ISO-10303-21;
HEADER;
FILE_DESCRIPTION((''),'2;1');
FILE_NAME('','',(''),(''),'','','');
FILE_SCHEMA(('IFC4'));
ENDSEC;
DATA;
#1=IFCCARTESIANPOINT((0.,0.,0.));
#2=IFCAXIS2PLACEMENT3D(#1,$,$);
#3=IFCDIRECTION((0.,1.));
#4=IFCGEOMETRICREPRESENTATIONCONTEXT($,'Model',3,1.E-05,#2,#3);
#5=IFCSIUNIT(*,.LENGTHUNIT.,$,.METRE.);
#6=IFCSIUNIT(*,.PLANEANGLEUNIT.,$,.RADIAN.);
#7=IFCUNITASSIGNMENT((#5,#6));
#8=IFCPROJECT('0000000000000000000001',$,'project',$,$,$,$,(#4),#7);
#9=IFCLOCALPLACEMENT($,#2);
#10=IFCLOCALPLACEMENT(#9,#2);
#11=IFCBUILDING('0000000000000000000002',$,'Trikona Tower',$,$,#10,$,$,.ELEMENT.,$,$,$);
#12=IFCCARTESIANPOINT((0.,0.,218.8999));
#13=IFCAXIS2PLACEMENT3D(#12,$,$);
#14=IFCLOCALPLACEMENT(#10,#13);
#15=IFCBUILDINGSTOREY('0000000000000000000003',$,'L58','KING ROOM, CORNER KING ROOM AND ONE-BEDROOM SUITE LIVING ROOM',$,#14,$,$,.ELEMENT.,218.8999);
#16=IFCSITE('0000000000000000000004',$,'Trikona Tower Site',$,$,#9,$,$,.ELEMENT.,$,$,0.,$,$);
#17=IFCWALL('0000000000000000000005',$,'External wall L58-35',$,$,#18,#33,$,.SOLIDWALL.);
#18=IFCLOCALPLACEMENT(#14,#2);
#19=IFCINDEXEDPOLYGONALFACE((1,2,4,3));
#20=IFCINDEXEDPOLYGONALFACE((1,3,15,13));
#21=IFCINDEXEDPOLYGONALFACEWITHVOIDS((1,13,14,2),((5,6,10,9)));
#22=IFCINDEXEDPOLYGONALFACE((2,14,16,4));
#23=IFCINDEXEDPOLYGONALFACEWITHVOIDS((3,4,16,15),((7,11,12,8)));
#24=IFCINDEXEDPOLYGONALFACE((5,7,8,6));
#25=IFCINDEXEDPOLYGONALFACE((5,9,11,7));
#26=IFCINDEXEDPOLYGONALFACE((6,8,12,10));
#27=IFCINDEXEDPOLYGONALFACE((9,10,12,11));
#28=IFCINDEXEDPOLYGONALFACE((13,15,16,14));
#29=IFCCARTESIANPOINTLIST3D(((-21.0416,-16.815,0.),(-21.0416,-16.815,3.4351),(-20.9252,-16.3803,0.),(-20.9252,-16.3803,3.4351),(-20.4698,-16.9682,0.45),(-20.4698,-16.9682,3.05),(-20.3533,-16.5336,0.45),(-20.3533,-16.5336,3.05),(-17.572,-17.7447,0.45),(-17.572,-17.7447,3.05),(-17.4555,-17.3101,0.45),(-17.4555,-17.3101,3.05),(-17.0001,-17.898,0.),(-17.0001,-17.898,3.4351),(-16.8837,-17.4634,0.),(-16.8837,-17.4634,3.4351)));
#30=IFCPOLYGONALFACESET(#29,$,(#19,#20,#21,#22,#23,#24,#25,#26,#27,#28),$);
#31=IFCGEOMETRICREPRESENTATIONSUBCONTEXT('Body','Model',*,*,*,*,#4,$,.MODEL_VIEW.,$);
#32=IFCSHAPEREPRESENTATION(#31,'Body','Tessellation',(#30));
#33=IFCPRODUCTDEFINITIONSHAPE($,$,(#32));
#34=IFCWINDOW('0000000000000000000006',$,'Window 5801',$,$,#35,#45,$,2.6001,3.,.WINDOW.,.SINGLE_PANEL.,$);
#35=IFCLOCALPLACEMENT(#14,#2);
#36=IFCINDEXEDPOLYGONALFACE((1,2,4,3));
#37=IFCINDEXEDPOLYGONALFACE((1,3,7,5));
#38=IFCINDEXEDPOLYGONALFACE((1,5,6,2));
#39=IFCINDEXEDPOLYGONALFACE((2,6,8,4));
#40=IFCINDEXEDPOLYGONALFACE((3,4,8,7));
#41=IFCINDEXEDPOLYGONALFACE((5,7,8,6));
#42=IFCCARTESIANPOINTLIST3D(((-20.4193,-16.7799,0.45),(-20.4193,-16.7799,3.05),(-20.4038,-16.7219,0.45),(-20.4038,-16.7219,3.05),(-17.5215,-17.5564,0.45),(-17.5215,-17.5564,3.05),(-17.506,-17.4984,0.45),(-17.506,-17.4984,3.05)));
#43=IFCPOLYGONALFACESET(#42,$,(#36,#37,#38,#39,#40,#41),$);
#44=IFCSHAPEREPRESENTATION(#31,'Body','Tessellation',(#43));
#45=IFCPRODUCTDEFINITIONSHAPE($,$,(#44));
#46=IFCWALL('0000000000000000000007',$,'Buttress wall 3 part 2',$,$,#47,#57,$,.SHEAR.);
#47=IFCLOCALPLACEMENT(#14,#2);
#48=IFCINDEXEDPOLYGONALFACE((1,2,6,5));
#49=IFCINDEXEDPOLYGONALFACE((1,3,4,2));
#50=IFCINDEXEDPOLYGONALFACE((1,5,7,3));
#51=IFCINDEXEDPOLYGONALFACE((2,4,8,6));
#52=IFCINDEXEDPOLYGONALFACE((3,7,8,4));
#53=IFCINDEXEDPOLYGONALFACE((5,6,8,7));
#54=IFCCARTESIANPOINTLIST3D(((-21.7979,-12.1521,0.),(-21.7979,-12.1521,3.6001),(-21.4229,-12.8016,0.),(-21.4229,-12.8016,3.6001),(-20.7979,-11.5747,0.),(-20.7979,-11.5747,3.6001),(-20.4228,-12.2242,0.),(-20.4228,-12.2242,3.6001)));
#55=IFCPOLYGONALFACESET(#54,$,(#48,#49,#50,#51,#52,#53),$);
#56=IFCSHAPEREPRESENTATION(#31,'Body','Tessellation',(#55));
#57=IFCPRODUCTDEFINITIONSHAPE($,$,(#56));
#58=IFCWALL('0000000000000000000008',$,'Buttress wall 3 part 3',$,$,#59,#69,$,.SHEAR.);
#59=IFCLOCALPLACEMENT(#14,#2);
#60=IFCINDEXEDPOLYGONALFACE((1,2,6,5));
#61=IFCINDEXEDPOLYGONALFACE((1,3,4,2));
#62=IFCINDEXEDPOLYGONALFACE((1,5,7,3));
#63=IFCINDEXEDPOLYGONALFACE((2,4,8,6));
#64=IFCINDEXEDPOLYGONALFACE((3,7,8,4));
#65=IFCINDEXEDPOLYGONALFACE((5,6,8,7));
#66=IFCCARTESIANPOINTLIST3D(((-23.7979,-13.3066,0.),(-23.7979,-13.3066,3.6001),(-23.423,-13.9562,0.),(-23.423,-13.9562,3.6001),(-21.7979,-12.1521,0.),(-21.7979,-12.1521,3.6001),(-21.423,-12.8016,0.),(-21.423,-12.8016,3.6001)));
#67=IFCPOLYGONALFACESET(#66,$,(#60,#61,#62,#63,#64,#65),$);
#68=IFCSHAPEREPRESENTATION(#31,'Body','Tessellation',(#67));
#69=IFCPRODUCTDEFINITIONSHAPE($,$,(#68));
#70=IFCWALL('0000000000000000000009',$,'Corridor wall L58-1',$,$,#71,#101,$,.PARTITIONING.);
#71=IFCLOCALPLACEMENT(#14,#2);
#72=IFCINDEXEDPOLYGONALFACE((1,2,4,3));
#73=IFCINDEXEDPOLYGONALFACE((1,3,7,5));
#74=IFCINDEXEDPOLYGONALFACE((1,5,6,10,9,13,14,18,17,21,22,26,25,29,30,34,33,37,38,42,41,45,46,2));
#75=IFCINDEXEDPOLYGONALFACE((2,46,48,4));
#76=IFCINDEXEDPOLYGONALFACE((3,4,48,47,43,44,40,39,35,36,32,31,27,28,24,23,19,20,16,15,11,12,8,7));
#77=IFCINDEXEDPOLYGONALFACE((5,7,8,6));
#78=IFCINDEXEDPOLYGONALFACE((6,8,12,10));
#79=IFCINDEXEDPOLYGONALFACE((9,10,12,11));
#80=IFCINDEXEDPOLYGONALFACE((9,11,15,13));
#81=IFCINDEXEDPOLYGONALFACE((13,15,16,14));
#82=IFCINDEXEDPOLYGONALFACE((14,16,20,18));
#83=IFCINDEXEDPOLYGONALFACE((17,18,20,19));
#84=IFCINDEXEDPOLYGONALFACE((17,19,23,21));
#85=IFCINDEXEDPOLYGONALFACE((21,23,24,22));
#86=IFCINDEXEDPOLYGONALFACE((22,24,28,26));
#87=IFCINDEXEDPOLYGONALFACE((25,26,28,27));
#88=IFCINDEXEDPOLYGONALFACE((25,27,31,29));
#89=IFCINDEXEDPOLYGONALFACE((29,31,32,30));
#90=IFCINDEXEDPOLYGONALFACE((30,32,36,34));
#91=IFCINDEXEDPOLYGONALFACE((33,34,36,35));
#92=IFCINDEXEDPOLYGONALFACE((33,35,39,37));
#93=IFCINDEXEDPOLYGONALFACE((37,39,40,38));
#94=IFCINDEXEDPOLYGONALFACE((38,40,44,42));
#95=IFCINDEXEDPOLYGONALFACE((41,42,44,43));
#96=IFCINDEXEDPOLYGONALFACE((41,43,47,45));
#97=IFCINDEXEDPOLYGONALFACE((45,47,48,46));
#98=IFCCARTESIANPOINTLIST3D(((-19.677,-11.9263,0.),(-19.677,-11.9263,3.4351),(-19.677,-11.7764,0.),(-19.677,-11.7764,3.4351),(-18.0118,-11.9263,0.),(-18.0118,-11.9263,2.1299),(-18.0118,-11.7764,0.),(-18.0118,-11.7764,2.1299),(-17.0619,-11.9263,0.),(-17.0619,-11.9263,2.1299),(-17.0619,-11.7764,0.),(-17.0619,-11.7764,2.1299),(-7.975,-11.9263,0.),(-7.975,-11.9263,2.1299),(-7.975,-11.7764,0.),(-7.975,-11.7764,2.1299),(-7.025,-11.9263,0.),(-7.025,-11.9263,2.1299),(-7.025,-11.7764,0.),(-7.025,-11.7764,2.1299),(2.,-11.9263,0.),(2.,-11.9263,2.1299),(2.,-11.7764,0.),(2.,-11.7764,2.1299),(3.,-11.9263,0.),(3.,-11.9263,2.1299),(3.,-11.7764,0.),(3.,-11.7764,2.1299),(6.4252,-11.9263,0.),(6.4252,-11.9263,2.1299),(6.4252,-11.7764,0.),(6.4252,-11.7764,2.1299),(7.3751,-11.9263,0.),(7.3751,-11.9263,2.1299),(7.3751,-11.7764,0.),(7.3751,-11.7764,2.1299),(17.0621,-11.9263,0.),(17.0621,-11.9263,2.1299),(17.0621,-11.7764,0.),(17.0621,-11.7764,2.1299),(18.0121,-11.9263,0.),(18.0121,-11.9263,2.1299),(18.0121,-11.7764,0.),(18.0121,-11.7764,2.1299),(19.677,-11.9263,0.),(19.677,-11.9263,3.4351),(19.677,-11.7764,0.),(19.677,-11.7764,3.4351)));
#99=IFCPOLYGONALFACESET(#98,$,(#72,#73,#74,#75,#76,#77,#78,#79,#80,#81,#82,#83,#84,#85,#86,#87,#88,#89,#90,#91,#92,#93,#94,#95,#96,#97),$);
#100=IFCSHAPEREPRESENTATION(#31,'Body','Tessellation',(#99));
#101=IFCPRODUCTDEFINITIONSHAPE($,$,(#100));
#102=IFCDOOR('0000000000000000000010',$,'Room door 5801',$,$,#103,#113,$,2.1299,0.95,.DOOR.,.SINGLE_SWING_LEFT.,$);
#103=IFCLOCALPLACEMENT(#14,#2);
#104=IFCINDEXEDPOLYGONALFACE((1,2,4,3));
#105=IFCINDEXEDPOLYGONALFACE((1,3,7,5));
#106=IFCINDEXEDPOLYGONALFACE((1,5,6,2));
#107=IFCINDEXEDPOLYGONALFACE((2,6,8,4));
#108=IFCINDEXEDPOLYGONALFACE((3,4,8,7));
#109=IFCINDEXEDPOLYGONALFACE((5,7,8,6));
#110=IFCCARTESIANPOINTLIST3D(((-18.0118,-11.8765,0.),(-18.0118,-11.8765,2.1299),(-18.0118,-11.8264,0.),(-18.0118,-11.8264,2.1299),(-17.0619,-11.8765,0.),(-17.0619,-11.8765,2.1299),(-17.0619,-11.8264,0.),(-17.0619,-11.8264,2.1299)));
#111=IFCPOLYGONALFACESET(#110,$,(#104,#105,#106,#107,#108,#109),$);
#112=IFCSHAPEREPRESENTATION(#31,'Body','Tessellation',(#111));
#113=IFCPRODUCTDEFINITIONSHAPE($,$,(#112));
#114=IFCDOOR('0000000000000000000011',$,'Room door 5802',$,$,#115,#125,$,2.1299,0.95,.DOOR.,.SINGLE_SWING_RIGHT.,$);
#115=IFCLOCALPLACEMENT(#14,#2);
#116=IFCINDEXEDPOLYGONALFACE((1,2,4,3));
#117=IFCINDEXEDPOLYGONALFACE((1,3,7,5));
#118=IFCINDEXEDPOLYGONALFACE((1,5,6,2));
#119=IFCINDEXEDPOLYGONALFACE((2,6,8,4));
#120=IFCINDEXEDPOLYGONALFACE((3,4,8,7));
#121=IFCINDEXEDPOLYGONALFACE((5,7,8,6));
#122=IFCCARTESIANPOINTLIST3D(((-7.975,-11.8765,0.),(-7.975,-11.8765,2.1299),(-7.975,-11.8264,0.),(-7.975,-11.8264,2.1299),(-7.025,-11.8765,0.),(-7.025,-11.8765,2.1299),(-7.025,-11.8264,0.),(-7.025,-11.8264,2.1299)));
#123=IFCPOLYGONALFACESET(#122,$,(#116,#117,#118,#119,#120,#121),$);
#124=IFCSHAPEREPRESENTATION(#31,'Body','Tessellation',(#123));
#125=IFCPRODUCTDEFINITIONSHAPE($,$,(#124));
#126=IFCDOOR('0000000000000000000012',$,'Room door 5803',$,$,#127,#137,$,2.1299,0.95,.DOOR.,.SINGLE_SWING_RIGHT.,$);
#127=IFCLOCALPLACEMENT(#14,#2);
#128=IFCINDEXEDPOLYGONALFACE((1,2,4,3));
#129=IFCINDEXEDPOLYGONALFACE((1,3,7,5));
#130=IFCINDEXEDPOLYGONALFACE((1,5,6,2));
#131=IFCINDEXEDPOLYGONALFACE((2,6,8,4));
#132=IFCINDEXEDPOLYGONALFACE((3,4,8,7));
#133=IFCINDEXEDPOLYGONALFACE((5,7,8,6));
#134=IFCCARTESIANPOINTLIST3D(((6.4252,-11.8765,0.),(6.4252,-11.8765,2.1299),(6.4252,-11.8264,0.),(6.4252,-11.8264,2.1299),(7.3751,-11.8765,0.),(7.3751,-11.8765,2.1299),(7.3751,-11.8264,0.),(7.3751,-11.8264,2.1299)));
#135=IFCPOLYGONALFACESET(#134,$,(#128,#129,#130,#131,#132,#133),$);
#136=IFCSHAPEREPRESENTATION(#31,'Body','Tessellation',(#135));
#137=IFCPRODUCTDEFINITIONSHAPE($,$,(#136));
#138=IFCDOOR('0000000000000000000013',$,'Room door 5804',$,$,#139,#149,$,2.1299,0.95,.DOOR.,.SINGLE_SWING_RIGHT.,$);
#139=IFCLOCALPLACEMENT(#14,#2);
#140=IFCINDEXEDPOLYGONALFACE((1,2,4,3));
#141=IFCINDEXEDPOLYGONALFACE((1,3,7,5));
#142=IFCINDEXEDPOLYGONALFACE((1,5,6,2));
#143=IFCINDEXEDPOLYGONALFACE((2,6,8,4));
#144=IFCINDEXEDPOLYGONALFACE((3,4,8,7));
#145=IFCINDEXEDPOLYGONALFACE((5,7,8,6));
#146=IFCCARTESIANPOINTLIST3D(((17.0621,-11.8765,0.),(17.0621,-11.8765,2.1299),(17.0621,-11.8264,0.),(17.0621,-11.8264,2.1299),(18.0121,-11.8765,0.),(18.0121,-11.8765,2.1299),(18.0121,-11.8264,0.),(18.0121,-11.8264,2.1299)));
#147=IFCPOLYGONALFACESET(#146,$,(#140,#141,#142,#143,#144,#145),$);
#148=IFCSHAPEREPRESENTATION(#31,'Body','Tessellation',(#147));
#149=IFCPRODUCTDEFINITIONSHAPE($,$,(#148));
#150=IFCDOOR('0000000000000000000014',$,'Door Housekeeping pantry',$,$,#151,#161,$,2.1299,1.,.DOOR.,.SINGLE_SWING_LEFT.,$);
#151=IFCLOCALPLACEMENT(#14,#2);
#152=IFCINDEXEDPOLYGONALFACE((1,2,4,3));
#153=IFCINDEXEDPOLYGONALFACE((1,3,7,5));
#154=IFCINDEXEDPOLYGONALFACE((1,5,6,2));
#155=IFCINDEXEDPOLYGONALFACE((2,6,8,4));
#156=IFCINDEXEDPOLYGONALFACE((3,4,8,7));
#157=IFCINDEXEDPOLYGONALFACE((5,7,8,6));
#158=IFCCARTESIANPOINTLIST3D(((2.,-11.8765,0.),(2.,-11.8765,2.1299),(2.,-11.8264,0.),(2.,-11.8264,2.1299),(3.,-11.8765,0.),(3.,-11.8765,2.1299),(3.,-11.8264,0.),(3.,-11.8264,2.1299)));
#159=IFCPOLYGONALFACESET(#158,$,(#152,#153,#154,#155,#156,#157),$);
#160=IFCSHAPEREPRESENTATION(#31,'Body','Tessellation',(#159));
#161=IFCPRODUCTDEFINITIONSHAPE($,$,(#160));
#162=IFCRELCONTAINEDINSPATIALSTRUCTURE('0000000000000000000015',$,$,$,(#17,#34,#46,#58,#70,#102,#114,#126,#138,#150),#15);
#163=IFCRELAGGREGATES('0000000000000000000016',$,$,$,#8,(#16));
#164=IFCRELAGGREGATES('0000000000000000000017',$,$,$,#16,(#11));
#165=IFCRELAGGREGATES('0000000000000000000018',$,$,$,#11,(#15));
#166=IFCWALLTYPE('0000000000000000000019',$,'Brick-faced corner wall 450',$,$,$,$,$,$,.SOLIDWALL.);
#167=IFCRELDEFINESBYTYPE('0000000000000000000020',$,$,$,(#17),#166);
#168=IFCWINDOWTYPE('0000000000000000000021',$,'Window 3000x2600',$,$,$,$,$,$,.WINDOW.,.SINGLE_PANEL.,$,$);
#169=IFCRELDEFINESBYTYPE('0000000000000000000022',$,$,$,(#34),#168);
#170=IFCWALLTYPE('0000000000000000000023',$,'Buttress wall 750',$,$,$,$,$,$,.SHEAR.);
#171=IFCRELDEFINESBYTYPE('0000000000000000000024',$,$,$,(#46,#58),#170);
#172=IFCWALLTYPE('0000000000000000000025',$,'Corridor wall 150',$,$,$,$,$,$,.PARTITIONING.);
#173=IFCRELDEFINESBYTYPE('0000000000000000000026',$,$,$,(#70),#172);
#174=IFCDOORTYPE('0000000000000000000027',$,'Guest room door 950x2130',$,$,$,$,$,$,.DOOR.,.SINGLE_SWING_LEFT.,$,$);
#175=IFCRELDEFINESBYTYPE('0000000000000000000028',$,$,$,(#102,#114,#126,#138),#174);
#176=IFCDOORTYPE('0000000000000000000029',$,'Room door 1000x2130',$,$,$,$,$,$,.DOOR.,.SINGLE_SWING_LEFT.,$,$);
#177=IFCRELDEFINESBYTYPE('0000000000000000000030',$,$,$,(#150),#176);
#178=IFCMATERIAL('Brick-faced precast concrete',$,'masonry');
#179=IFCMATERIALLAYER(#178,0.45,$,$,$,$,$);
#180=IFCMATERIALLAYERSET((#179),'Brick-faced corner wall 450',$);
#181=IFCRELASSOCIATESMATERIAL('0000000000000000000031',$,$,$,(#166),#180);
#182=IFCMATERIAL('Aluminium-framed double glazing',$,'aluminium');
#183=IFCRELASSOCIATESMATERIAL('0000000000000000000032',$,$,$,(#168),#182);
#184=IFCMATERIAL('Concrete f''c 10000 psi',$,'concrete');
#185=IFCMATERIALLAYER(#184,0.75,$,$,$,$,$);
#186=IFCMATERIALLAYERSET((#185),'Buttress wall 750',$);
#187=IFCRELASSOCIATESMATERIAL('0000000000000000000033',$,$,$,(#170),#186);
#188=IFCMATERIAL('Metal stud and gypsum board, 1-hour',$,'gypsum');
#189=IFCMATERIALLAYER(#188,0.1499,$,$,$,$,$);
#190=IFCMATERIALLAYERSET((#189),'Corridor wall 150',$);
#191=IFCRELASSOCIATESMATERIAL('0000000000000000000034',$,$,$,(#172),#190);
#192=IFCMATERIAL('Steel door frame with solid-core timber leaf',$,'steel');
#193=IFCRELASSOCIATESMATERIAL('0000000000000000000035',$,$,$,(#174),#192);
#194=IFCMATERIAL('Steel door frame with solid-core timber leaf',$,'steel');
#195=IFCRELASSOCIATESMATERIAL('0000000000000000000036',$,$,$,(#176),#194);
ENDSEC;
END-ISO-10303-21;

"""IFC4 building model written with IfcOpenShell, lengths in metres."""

from ifc_helpers import new_model, si_unit, direction, frame, frame_2d, origin, place, context, subcontext, project, spatial, rectangle, extrude, material, layer, layer_set, type_object, element, fill, save


model = new_model("IFC4")

# Units and contexts
model_context = context("Model", 3, precision=1e-05, world=origin(), true_north=direction((0.0, 1.0)))
body_context = subcontext(model_context, "Body", "Model", "MODEL_VIEW")
ifc_project = project(units=[si_unit("LENGTHUNIT", "METRE"), si_unit("PLANEANGLEUNIT", "RADIAN")], contexts=[model_context])

# Site, building, storey
site_placement = place(None, origin())
site = spatial("IfcSite", under=ifc_project, at=site_placement, Name="Trikona Tower Site", CompositionType="ELEMENT", RefElevation=0.0)
building_placement = place(site_placement, origin())
building = spatial("IfcBuilding", under=site, at=building_placement, Name="Trikona Tower", CompositionType="ELEMENT")
storey_placement = place(building_placement, frame((0.0, 0.0, 218.8999)))
storey = spatial("IfcBuildingStorey", under=building, at=storey_placement, Name="L58", Description="KING ROOM, CORNER KING ROOM AND ONE-BEDROOM SUITE LIVING ROOM", CompositionType="ELEMENT", Elevation=218.8999)

# Wall, opening, window
ifc_material_1 = material(Name="Brick-faced precast concrete", Category="masonry")
ifc_layer_1 = layer(ifc_material_1, 0.45)
ifc_layer_set_1 = layer_set([ifc_layer_1], Name="Brick-faced corner wall 450")
wall_type_1 = type_object("IfcWallType", Name="Brick-faced corner wall 450", PredefinedType="SOLIDWALL", material=ifc_layer_set_1)
wall_1_placement = place(storey_placement, frame((-20.9834, -16.5977, 0.0), z_axis=(0.0, 0.0, 1.0), x_axis=(0.96592, -0.258839, 0.0)))
wall_1 = element("IfcWall", 1, at=wall_1_placement, inside=storey, type_object=wall_type_1, Name="External wall L58-35", PredefinedType="SOLIDWALL", context=body_context, shape_type="SweptSolid", body=[
    extrude(rectangle(XDim=4.1841, YDim=0.45, at=frame_2d((2.092, 0.0))), origin(), (0.0, 0.0, 1.0), 3.4351),
])
opening_1_placement = place(wall_1_placement, frame((0.592, 0.0, 0.45)))
opening_1 = element("IfcOpeningElement", 2, at=opening_1_placement, cuts=wall_1, PredefinedType="OPENING", context=body_context, shape_type="SweptSolid", body=[
    extrude(rectangle(XDim=3.0, YDim=2.6001, at=frame_2d((1.5, 1.3))), frame((0.0, 0.2349, 0.0), z_axis=(0.0, -1.0, 0.0), x_axis=(1.0, 0.0, 0.0)), (0.0, 0.0, 1.0), 0.47),
])
ifc_material_2 = material(Name="Aluminium-framed double glazing", Category="aluminium")
window_type_1 = type_object("IfcWindowType", Name="Window 3000x2600", PartitioningType="SINGLE_PANEL", PredefinedType="WINDOW", material=ifc_material_2)
window_1_placement = place(opening_1_placement, origin())
window_1 = element("IfcWindow", 3, at=window_1_placement, inside=storey, type_object=window_type_1, Name="Window 5801", OverallHeight=2.6001, OverallWidth=3.0, PartitioningType="SINGLE_PANEL", PredefinedType="WINDOW", context=body_context, shape_type="SweptSolid", body=[
    extrude(rectangle(XDim=3.0, YDim=2.6001, at=frame_2d((1.5, 1.3))), frame((0.0, 0.03, 0.0), z_axis=(0.0, -1.0, 0.0), x_axis=(1.0, 0.0, 0.0)), (0.0, 0.0, 1.0), 0.0601),
])
fill(opening_1, window_1)

# Walls
ifc_material_3 = material(Name="Concrete f'c 10000 psi", Category="concrete")
ifc_layer_2 = layer(ifc_material_3, 0.75)
ifc_layer_set_2 = layer_set([ifc_layer_2], Name="Buttress wall 750")
wall_type_2 = type_object("IfcWallType", Name="Buttress wall 750", PredefinedType="SHEAR", material=ifc_layer_set_2)
wall_2_placement = place(storey_placement, frame((-20.6104, -11.8994, 0.0), z_axis=(0.0, 0.0, 1.0), x_axis=(-0.86601, -0.500027, 0.0)))
element("IfcWall", 4, at=wall_2_placement, inside=storey, type_object=wall_type_2, Name="Buttress wall 3 part 2", PredefinedType="SHEAR", context=body_context, shape_type="SweptSolid", body=[
    extrude(rectangle(XDim=1.1548, YDim=0.75, at=frame_2d((0.5774, 0.0))), origin(), (0.0, 0.0, 1.0), 3.6001),
])
wall_3_placement = place(storey_placement, frame((-21.6104, -12.4768, 0.0), z_axis=(0.0, 0.0, 1.0), x_axis=(-0.866055, -0.499948, 0.0)))
element("IfcWall", 5, at=wall_3_placement, inside=storey, type_object=wall_type_2, Name="Buttress wall 3 part 3", PredefinedType="SHEAR", context=body_context, shape_type="SweptSolid", body=[
    extrude(rectangle(XDim=2.3093, YDim=0.75, at=frame_2d((1.1548, 0.0))), origin(), (0.0, 0.0, 1.0), 3.6001),
])

# Wall, openings, doors
ifc_material_4 = material(Name="Metal stud and gypsum board, 1-hour", Category="gypsum")
ifc_layer_3 = layer(ifc_material_4, 0.1499)
ifc_layer_set_3 = layer_set([ifc_layer_3], Name="Corridor wall 150")
wall_type_3 = type_object("IfcWallType", Name="Corridor wall 150", PredefinedType="PARTITIONING", material=ifc_layer_set_3)
wall_4_placement = place(storey_placement, frame((-19.677, -11.8513, 0.0), z_axis=(0.0, 0.0, 1.0), x_axis=(1.0, 0.0, 0.0)))
wall_4 = element("IfcWall", 6, at=wall_4_placement, inside=storey, type_object=wall_type_3, Name="Corridor wall L58-1", PredefinedType="PARTITIONING", context=body_context, shape_type="SweptSolid", body=[
    extrude(rectangle(XDim=39.354, YDim=0.1499, at=frame_2d((19.677, 0.0))), origin(), (0.0, 0.0, 1.0), 3.4351),
])
opening_2_placement = place(wall_4_placement, frame((1.665, 0.0, 0.0)))
opening_2 = element("IfcOpeningElement", 7, at=opening_2_placement, cuts=wall_4, PredefinedType="OPENING", context=body_context, shape_type="SweptSolid", body=[
    extrude(rectangle(XDim=0.95, YDim=2.1299, at=frame_2d((0.4751, 1.0649))), frame((0.0, 0.085, 0.0), z_axis=(0.0, -1.0, 0.0), x_axis=(1.0, 0.0, 0.0)), (0.0, 0.0, 1.0), 0.1699),
])
opening_3_placement = place(wall_4_placement, frame((11.7019, 0.0, 0.0)))
opening_3 = element("IfcOpeningElement", 8, at=opening_3_placement, cuts=wall_4, PredefinedType="OPENING", context=body_context, shape_type="SweptSolid", body=[
    extrude(rectangle(XDim=0.95, YDim=2.1299, at=frame_2d((0.4751, 1.0649))), frame((0.0, 0.085, 0.0), z_axis=(0.0, -1.0, 0.0), x_axis=(1.0, 0.0, 0.0)), (0.0, 0.0, 1.0), 0.1699),
])
opening_4_placement = place(wall_4_placement, frame((21.677, 0.0, 0.0)))
opening_4 = element("IfcOpeningElement", 9, at=opening_4_placement, cuts=wall_4, PredefinedType="OPENING", context=body_context, shape_type="SweptSolid", body=[
    extrude(rectangle(XDim=1.0, YDim=2.1299, at=frame_2d((0.5, 1.0649))), frame((0.0, 0.085, 0.0), z_axis=(0.0, -1.0, 0.0), x_axis=(1.0, 0.0, 0.0)), (0.0, 0.0, 1.0), 0.1699),
])
opening_5_placement = place(wall_4_placement, frame((26.1021, 0.0, 0.0)))
opening_5 = element("IfcOpeningElement", 10, at=opening_5_placement, cuts=wall_4, PredefinedType="OPENING", context=body_context, shape_type="SweptSolid", body=[
    extrude(rectangle(XDim=0.95, YDim=2.1299, at=frame_2d((0.4751, 1.0649))), frame((0.0, 0.085, 0.0), z_axis=(0.0, -1.0, 0.0), x_axis=(1.0, 0.0, 0.0)), (0.0, 0.0, 1.0), 0.1699),
])
opening_6_placement = place(wall_4_placement, frame((36.739, 0.0, 0.0)))
opening_6 = element("IfcOpeningElement", 11, at=opening_6_placement, cuts=wall_4, PredefinedType="OPENING", context=body_context, shape_type="SweptSolid", body=[
    extrude(rectangle(XDim=0.95, YDim=2.1299, at=frame_2d((0.4751, 1.0649))), frame((0.0, 0.085, 0.0), z_axis=(0.0, -1.0, 0.0), x_axis=(1.0, 0.0, 0.0)), (0.0, 0.0, 1.0), 0.1699),
])
ifc_material_5 = material(Name="Steel door frame with solid-core timber leaf", Category="steel")
door_type_1 = type_object("IfcDoorType", Name="Guest room door 950x2130", OperationType="SINGLE_SWING_LEFT", PredefinedType="DOOR", material=ifc_material_5)
door_1_placement = place(opening_2_placement, origin())
door_1 = element("IfcDoor", 12, at=door_1_placement, inside=storey, type_object=door_type_1, Name="Room door 5801", OperationType="SINGLE_SWING_LEFT", OverallHeight=2.1299, OverallWidth=0.95, PredefinedType="DOOR", context=body_context, shape_type="SweptSolid", body=[
    extrude(rectangle(XDim=0.95, YDim=2.1299, at=frame_2d((0.4751, 1.0649))), frame((0.0, 0.0249, 0.0), z_axis=(0.0, -1.0, 0.0), x_axis=(1.0, 0.0, 0.0)), (0.0, 0.0, 1.0), 0.05),
])
fill(opening_2, door_1)
door_2_placement = place(opening_3_placement, origin())
door_2 = element("IfcDoor", 13, at=door_2_placement, inside=storey, type_object=door_type_1, Name="Room door 5802", OperationType="SINGLE_SWING_RIGHT", OverallHeight=2.1299, OverallWidth=0.95, PredefinedType="DOOR", context=body_context, shape_type="SweptSolid", body=[
    extrude(rectangle(XDim=0.95, YDim=2.1299, at=frame_2d((0.4751, 1.0649))), frame((0.0, 0.0249, 0.0), z_axis=(0.0, -1.0, 0.0), x_axis=(1.0, 0.0, 0.0)), (0.0, 0.0, 1.0), 0.05),
])
fill(opening_3, door_2)
door_3_placement = place(opening_5_placement, origin())
door_3 = element("IfcDoor", 14, at=door_3_placement, inside=storey, type_object=door_type_1, Name="Room door 5803", OperationType="SINGLE_SWING_RIGHT", OverallHeight=2.1299, OverallWidth=0.95, PredefinedType="DOOR", context=body_context, shape_type="SweptSolid", body=[
    extrude(rectangle(XDim=0.95, YDim=2.1299, at=frame_2d((0.4751, 1.0649))), frame((0.0, 0.0249, 0.0), z_axis=(0.0, -1.0, 0.0), x_axis=(1.0, 0.0, 0.0)), (0.0, 0.0, 1.0), 0.05),
])
fill(opening_5, door_3)
door_4_placement = place(opening_6_placement, origin())
door_4 = element("IfcDoor", 15, at=door_4_placement, inside=storey, type_object=door_type_1, Name="Room door 5804", OperationType="SINGLE_SWING_RIGHT", OverallHeight=2.1299, OverallWidth=0.95, PredefinedType="DOOR", context=body_context, shape_type="SweptSolid", body=[
    extrude(rectangle(XDim=0.95, YDim=2.1299, at=frame_2d((0.4751, 1.0649))), frame((0.0, 0.0249, 0.0), z_axis=(0.0, -1.0, 0.0), x_axis=(1.0, 0.0, 0.0)), (0.0, 0.0, 1.0), 0.05),
])
fill(opening_6, door_4)
ifc_material_6 = material(Name="Steel door frame with solid-core timber leaf", Category="steel")
door_type_2 = type_object("IfcDoorType", Name="Room door 1000x2130", OperationType="SINGLE_SWING_LEFT", PredefinedType="DOOR", material=ifc_material_6)
door_5_placement = place(opening_4_placement, origin())
door_5 = element("IfcDoor", 16, at=door_5_placement, inside=storey, type_object=door_type_2, Name="Door Housekeeping pantry", OperationType="SINGLE_SWING_LEFT", OverallHeight=2.1299, OverallWidth=1.0, PredefinedType="DOOR", context=body_context, shape_type="SweptSolid", body=[
    extrude(rectangle(XDim=1.0, YDim=2.1299, at=frame_2d((0.5, 1.0649))), frame((0.0, 0.0249, 0.0), z_axis=(0.0, -1.0, 0.0), x_axis=(1.0, 0.0, 0.0)), (0.0, 0.0, 1.0), 0.05),
])
fill(opening_4, door_5)

save(model, "model.ifc")
